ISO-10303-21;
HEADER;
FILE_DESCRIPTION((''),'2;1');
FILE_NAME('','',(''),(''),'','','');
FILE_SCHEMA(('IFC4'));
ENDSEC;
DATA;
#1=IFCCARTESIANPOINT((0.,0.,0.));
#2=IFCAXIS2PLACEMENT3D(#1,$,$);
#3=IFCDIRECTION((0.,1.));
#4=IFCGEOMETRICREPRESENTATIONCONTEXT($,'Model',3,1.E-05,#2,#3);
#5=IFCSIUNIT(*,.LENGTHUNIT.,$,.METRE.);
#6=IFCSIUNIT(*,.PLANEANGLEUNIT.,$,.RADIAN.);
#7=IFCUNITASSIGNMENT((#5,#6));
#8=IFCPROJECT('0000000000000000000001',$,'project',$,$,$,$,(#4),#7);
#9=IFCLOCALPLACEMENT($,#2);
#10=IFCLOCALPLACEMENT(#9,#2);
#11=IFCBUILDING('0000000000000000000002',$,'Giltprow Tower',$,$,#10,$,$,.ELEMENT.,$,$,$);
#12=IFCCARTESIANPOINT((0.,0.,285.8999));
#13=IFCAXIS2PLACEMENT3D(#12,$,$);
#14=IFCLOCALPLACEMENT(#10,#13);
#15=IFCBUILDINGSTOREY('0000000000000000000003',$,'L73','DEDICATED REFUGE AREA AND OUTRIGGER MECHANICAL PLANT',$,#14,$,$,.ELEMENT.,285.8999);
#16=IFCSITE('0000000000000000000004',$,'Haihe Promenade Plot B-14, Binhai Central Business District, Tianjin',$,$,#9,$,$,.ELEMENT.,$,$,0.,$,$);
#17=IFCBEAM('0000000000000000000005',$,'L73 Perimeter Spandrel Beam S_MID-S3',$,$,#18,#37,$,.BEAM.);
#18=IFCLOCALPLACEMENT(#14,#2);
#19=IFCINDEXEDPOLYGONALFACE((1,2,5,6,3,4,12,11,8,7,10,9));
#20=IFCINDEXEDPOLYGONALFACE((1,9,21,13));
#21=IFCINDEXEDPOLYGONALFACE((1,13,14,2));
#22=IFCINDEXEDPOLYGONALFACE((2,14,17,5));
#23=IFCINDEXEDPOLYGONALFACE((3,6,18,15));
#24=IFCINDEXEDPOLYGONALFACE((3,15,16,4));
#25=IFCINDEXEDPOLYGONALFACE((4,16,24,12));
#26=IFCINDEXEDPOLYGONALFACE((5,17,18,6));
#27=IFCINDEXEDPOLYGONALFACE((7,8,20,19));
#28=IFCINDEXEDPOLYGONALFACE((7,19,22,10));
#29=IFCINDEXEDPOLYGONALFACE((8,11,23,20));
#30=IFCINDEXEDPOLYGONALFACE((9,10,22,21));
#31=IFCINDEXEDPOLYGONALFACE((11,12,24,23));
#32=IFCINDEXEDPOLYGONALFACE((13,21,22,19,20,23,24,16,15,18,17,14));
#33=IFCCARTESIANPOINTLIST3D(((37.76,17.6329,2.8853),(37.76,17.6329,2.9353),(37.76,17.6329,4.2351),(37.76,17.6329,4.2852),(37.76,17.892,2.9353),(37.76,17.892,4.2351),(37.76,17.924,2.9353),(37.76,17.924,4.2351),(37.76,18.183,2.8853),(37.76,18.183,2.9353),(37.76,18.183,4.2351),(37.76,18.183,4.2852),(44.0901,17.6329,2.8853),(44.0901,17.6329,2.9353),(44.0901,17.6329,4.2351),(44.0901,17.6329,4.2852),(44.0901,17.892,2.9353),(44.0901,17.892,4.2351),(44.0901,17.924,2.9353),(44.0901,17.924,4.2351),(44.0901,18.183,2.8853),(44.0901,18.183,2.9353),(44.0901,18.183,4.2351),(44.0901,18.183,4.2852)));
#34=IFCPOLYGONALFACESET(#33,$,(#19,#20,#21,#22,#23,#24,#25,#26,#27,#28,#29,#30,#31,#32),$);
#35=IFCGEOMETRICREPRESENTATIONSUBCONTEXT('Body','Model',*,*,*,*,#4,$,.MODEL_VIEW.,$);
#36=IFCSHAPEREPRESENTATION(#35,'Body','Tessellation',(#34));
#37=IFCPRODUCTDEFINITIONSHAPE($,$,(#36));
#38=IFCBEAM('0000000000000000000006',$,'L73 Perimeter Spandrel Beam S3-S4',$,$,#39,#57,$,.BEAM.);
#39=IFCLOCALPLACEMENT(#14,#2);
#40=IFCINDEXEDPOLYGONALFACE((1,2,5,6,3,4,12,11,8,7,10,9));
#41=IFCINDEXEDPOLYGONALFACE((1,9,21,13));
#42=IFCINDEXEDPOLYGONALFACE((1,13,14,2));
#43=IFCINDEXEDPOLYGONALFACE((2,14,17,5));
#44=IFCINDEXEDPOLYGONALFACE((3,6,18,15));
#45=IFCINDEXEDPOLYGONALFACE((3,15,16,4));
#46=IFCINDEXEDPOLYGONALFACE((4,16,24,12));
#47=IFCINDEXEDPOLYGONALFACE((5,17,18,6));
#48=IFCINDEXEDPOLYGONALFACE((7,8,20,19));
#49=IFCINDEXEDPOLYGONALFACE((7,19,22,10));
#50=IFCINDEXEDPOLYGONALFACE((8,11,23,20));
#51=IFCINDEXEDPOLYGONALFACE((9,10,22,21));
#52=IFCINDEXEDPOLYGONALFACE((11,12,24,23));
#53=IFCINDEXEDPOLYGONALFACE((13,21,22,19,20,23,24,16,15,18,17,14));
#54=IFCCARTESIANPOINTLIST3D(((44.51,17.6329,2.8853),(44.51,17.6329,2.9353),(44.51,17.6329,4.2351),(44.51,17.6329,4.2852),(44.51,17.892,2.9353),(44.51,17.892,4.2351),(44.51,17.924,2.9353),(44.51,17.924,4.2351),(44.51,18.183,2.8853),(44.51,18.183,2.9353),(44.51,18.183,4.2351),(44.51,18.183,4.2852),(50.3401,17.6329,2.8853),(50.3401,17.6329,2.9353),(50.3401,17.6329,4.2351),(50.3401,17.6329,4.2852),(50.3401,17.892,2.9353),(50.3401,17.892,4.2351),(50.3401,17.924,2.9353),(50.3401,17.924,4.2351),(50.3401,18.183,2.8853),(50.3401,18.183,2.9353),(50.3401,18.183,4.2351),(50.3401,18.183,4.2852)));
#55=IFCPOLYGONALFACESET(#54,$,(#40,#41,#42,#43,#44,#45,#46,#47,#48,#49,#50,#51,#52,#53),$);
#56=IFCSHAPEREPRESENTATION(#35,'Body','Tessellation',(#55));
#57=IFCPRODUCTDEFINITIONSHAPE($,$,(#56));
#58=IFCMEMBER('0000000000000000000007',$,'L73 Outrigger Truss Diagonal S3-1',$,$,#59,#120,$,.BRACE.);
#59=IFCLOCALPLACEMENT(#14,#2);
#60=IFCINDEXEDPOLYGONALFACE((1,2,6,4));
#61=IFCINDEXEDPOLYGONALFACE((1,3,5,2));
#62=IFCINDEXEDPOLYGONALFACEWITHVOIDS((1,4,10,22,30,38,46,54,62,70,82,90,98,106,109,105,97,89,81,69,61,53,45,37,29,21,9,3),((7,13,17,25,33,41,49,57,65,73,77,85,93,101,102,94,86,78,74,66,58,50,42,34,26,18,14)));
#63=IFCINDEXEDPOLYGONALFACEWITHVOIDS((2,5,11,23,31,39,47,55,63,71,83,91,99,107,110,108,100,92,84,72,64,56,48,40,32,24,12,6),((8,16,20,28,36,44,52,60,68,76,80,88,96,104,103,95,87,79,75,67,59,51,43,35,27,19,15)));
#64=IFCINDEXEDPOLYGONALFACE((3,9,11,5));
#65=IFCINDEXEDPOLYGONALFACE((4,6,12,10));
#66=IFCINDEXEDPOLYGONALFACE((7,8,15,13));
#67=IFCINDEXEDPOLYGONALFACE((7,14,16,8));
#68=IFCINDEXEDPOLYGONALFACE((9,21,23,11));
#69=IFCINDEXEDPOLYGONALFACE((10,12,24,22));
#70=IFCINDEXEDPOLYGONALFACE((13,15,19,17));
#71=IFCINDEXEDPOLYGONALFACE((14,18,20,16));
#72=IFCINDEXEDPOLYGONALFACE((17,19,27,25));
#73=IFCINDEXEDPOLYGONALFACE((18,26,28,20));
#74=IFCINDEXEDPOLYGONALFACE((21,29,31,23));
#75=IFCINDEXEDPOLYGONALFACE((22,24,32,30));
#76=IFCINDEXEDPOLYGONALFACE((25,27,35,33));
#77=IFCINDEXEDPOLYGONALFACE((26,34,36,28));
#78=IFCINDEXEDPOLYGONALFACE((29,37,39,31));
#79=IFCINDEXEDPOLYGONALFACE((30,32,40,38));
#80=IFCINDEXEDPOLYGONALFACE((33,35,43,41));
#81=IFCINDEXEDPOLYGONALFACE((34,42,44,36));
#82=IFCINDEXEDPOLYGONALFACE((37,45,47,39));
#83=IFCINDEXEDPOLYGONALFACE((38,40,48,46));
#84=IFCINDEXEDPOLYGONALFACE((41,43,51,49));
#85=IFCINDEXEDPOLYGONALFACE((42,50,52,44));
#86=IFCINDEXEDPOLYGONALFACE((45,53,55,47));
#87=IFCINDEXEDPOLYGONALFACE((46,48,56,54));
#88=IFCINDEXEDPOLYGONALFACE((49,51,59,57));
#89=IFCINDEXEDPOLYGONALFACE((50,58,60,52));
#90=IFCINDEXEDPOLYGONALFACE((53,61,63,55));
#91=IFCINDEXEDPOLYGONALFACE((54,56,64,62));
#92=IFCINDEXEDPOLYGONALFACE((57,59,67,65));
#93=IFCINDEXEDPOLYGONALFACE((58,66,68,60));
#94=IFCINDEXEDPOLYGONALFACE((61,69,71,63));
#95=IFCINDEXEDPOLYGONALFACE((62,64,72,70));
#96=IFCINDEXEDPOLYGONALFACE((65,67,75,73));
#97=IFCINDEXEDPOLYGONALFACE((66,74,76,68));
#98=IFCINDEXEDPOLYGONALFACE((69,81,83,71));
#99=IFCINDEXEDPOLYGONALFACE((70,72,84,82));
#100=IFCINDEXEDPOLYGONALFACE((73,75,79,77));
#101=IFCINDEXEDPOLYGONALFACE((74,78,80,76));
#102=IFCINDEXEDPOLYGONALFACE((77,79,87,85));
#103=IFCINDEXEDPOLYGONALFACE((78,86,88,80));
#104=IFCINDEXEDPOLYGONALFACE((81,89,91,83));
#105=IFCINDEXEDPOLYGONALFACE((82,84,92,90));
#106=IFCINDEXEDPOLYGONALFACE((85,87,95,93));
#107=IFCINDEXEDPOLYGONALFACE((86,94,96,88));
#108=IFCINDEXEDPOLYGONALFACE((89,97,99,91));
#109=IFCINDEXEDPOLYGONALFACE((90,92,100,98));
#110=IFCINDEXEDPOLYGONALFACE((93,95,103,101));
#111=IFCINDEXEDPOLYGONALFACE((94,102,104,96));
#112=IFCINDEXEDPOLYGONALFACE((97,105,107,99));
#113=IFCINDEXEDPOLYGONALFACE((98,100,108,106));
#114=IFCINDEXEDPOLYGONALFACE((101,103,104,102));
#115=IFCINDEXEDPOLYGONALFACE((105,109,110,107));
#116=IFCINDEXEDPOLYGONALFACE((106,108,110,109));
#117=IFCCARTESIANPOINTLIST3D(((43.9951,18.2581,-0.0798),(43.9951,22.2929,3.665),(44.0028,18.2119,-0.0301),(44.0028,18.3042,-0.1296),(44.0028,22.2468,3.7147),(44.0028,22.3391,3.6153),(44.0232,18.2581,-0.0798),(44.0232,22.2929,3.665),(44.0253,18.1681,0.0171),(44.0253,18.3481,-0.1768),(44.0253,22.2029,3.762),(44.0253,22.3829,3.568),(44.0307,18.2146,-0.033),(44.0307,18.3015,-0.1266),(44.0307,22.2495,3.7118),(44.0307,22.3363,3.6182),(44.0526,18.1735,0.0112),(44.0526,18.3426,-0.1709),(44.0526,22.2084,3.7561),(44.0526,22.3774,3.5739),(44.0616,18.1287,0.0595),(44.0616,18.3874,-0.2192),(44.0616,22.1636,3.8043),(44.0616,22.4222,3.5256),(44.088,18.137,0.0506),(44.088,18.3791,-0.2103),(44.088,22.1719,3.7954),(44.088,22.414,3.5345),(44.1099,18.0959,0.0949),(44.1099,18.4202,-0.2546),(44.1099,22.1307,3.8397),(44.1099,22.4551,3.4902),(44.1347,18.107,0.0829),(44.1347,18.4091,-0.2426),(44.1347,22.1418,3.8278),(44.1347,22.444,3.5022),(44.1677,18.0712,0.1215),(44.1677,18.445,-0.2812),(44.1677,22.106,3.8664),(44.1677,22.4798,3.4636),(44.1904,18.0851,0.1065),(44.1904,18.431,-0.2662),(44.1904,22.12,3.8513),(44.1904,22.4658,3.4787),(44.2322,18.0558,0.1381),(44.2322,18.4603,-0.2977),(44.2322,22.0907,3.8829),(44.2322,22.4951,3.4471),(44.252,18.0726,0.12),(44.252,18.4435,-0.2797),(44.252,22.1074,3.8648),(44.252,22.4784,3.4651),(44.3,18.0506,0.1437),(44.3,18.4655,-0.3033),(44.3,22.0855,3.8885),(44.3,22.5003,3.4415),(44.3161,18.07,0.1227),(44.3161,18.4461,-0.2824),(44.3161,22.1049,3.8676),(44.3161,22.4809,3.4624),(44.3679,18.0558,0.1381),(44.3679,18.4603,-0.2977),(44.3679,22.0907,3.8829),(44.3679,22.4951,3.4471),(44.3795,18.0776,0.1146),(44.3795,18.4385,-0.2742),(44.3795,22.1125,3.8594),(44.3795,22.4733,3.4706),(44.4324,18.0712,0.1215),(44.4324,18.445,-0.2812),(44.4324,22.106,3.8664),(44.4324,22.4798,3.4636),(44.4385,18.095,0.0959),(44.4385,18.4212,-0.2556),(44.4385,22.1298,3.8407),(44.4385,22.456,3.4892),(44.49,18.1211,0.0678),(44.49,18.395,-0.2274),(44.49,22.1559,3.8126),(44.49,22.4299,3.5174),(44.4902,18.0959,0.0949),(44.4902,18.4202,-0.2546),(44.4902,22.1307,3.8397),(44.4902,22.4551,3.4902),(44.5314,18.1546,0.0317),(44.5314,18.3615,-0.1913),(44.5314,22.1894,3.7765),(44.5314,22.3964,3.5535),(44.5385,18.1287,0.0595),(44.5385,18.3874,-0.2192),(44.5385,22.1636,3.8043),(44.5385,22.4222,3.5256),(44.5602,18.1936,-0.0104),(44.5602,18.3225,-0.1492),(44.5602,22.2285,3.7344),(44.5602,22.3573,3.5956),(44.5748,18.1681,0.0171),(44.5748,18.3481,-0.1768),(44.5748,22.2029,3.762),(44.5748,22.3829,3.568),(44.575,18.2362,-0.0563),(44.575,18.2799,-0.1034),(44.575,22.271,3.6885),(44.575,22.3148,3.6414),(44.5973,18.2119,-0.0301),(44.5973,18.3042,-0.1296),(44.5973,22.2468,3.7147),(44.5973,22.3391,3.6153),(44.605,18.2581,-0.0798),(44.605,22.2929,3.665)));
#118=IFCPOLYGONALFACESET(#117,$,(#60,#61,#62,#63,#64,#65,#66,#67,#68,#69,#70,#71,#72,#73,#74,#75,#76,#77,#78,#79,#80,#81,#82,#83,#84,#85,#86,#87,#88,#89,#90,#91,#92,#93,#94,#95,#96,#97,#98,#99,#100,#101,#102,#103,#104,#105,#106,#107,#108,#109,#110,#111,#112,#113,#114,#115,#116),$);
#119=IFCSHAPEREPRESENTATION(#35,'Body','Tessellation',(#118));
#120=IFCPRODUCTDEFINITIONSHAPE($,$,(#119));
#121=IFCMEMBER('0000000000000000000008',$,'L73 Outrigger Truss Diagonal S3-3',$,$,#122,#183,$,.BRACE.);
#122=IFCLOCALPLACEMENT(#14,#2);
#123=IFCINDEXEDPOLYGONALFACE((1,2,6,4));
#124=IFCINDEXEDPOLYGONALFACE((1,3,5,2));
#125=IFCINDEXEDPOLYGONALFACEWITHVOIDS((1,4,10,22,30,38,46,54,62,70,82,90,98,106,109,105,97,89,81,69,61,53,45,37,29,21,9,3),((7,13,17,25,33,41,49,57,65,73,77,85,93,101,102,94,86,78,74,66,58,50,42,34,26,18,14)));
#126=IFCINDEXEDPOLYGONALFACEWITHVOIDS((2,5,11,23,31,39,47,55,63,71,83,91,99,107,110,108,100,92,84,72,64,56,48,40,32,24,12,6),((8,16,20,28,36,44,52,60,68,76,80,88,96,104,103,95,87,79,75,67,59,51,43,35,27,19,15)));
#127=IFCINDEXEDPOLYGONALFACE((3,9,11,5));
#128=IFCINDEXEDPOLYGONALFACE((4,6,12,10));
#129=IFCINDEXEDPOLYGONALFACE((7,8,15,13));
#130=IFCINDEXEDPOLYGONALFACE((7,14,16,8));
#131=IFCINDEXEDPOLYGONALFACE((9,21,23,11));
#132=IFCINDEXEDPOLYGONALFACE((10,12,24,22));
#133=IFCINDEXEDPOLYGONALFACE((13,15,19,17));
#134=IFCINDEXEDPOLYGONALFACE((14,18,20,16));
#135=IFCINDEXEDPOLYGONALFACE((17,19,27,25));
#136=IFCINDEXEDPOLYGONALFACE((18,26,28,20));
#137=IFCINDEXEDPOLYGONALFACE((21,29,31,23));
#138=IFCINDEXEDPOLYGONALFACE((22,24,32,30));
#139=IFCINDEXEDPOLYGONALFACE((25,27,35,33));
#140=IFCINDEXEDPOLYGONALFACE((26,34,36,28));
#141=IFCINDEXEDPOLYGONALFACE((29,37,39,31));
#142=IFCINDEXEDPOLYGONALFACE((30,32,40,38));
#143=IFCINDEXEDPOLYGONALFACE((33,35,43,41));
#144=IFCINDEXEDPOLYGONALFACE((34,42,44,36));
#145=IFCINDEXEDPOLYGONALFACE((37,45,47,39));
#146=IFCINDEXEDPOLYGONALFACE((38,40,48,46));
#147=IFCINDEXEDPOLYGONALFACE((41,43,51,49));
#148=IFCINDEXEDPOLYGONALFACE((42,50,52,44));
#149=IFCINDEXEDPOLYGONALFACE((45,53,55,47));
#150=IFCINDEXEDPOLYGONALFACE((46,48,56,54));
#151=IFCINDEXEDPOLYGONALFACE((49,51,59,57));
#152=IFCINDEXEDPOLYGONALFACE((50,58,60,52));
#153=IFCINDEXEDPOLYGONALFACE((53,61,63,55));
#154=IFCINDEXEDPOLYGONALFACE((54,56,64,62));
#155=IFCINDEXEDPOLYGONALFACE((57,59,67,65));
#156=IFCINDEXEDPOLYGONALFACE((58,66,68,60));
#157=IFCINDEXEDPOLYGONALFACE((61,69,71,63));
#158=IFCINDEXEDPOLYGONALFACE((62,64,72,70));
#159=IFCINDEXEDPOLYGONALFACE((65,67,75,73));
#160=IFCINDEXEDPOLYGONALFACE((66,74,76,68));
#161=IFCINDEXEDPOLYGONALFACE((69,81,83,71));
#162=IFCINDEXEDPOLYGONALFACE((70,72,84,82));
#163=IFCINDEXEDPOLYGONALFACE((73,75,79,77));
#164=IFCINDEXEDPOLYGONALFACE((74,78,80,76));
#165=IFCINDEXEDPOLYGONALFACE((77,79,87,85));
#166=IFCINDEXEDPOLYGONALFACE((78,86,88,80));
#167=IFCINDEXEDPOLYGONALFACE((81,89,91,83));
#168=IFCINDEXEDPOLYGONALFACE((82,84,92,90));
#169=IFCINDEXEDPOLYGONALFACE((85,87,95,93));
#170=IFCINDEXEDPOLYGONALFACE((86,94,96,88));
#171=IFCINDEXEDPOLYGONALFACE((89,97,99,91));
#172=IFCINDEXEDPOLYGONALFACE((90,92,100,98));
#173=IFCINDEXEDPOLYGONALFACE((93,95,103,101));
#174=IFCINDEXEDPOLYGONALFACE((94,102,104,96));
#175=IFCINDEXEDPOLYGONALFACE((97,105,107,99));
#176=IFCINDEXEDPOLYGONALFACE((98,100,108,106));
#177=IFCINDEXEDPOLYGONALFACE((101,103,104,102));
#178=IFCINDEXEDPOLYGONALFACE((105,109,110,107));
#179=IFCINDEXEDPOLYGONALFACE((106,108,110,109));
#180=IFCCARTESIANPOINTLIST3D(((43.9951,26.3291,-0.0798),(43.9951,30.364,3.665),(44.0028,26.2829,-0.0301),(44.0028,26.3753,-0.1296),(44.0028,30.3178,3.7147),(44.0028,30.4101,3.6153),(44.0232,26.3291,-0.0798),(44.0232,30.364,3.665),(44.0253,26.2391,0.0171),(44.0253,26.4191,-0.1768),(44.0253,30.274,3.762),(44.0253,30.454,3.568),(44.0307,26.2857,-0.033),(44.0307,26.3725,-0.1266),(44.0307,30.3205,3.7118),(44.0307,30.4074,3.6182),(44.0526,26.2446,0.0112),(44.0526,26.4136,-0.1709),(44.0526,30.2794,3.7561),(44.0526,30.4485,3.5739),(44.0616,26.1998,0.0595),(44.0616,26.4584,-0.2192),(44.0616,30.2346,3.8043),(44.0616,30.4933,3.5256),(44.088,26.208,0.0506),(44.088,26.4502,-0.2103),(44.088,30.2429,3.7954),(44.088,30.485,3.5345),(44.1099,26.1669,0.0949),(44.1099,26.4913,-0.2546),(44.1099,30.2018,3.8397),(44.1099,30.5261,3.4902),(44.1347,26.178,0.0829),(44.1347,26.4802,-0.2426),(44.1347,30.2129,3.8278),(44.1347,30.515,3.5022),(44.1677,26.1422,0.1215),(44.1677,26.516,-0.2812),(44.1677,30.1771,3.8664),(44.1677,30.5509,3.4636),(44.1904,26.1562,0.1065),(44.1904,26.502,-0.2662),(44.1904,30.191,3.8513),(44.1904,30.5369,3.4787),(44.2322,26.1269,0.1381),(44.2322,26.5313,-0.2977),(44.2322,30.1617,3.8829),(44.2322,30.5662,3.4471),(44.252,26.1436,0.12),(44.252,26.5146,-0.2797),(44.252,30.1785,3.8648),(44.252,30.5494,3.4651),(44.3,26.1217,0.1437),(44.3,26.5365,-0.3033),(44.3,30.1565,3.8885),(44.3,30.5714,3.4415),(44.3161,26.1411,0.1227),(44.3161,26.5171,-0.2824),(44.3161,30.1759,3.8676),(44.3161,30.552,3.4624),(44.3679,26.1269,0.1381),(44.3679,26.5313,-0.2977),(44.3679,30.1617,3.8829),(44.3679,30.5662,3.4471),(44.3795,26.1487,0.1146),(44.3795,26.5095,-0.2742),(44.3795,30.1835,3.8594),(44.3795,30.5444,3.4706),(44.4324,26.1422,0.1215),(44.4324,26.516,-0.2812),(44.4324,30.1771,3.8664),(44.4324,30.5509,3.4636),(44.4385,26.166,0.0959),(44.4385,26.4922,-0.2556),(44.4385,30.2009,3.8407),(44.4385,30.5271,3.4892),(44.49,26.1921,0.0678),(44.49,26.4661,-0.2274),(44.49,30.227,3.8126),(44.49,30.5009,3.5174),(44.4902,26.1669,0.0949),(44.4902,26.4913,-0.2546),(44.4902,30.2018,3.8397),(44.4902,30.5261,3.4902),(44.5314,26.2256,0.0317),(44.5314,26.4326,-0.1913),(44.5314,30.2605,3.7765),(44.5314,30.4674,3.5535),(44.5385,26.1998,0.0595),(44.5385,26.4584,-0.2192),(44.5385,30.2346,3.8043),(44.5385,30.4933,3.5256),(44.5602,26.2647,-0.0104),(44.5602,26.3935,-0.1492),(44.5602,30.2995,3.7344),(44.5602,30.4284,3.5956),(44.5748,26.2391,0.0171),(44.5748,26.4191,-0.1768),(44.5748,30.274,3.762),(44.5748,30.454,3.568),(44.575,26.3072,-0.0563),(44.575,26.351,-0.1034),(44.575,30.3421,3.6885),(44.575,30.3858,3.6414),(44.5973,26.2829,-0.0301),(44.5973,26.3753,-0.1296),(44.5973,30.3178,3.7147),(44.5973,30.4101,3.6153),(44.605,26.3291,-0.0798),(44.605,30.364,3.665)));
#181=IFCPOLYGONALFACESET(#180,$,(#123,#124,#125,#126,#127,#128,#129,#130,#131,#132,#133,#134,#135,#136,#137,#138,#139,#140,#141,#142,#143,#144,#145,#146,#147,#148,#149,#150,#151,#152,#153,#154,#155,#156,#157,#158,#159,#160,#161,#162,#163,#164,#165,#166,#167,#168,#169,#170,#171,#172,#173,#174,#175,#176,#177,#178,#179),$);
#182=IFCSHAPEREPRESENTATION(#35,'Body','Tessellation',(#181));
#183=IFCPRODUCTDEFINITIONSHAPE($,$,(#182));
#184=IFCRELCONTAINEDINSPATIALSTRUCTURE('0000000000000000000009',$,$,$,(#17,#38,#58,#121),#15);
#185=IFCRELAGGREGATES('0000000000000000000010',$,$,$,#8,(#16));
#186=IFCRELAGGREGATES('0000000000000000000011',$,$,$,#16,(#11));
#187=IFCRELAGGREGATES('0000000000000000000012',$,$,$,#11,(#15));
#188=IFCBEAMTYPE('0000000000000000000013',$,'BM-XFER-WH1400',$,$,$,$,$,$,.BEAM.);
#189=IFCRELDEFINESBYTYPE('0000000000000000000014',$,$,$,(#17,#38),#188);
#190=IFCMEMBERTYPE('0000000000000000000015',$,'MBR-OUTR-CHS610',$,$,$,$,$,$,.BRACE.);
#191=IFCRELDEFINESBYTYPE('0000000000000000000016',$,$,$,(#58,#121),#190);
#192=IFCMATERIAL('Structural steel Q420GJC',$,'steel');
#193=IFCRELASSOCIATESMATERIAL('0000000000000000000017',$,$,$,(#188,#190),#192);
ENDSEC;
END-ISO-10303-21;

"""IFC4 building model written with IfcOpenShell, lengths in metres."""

from ifc_helpers import new_model, si_unit, direction, frame, origin, origin_2d, place, context, subcontext, project, spatial, hollow_circle, i_section, extrude, source, transform, mapped, material, material_profile, profile_set, type_object, element, save


model = new_model("IFC4")

# Units and contexts
model_context = context("Model", 3, precision=1e-05, world=origin(), true_north=direction((0.0, 1.0)))
body_context = subcontext(model_context, "Body", "Model", "MODEL_VIEW")
ifc_project = project(units=[si_unit("LENGTHUNIT", "METRE"), si_unit("PLANEANGLEUNIT", "RADIAN")], contexts=[model_context])

# Site, building, storey
site_placement = place(None, origin())
site = spatial("IfcSite", under=ifc_project, at=site_placement, Name="Haihe Promenade Plot B-14, Binhai Central Business District, Tianjin", CompositionType="ELEMENT", RefElevation=0.0)
building_placement = place(site_placement, origin())
building = spatial("IfcBuilding", under=site, at=building_placement, Name="Giltprow Tower", CompositionType="ELEMENT")
storey_placement = place(building_placement, frame((0.0, 0.0, 285.8999)))
storey = spatial("IfcBuildingStorey", under=building, at=storey_placement, Name="L73", Description="DEDICATED REFUGE AREA AND OUTRIGGER MECHANICAL PLANT", CompositionType="ELEMENT", Elevation=285.8999)

# Beams
ifc_material_1 = material(Name="Structural steel Q420GJC", Category="steel")
ifc_material_profile_1 = material_profile(ifc_material_1, i_section(OverallWidth=0.55, OverallDepth=1.3999, WebThickness=0.032, FlangeThickness=0.05, at=origin_2d()), Name="WH 1400x550x32x50")
ifc_profile_set_1 = profile_set([ifc_material_profile_1], Name="Structural steel Q420GJC")
beam_type_1 = type_object("IfcBeamType", Name="BM-XFER-WH1400", PredefinedType="BEAM", material=ifc_profile_set_1)
shared_shape_1 = source(origin(), body_context, "Body", "SweptSolid", [
    extrude(i_section(OverallWidth=0.55, OverallDepth=1.3999, WebThickness=0.032, FlangeThickness=0.05, at=origin_2d()), origin(), (0.0, 0.0, 1.0), 6.3301),
])
beam_1_placement = place(storey_placement, frame((37.76, 17.908, 3.5852), z_axis=(1.0, 0.0, 0.0), x_axis=(0.0, 1.0, 0.0)))
element("IfcBeam", 1, at=beam_1_placement, inside=storey, type_object=beam_type_1, Name="L73 Perimeter Spandrel Beam S_MID-S3", PredefinedType="BEAM", context=body_context, shape_type="MappedRepresentation", body=[
    mapped(shared_shape_1, transform((0.0, 0.0, 0.0), x_axis=(1.0, 0.0, 0.0), y_axis=(0.0, 1.0, 0.0), z_axis=(0.0, 0.0, 1.0), scale=1.0)),
])
shared_shape_2 = source(origin(), body_context, "Body", "SweptSolid", [
    extrude(i_section(OverallWidth=0.55, OverallDepth=1.3999, WebThickness=0.032, FlangeThickness=0.05, at=origin_2d()), origin(), (0.0, 0.0, 1.0), 5.8301),
])
beam_2_placement = place(storey_placement, frame((44.51, 17.908, 3.5852), z_axis=(1.0, 0.0, 0.0), x_axis=(0.0, 1.0, 0.0)))
element("IfcBeam", 2, at=beam_2_placement, inside=storey, type_object=beam_type_1, Name="L73 Perimeter Spandrel Beam S3-S4", PredefinedType="BEAM", context=body_context, shape_type="MappedRepresentation", body=[
    mapped(shared_shape_2, transform((0.0, 0.0, 0.0), x_axis=(1.0, 0.0, 0.0), y_axis=(0.0, 1.0, 0.0), z_axis=(0.0, 0.0, 1.0), scale=1.0)),
])

# Members
ifc_material_profile_2 = material_profile(ifc_material_1, hollow_circle(Radius=0.3049, WallThickness=0.0281, at=origin_2d()), Name="CHS 610x28")
ifc_profile_set_2 = profile_set([ifc_material_profile_2], Name="Structural steel Q420GJC")
member_type_1 = type_object("IfcMemberType", Name="MBR-OUTR-CHS610", PredefinedType="BRACE", material=ifc_profile_set_2)
shared_shape_3 = source(origin(), body_context, "Body", "SweptSolid", [
    extrude(hollow_circle(Radius=0.3049, WallThickness=0.0281, at=origin_2d()), origin(), (0.0, 0.0, 1.0), 5.5049),
])
for number, where, z_axis, x_axis, name in (
    (3, (44.3, 18.2581, -0.0798), (0.0, 0.732959, 0.680272), (-1.0, 0.0, 0.0), "L73 Outrigger Truss Diagonal S3-1"),
    (4, (44.3, 26.3291, -0.0798), (0.0, 0.732959, 0.680272), (-1.0, 0.0, 0.0), "L73 Outrigger Truss Diagonal S3-3"),
):
    element("IfcMember", number, at=place(storey_placement, frame(where, z_axis=z_axis, x_axis=x_axis)), inside=storey, type_object=member_type_1, Name=name, PredefinedType="BRACE", context=body_context, shape_type="MappedRepresentation", body=[
        mapped(shared_shape_3, transform((0.0, 0.0, 0.0), x_axis=(1.0, 0.0, 0.0), y_axis=(0.0, 1.0, 0.0), z_axis=(0.0, 0.0, 1.0), scale=1.0)),
    ])

save(model, "model.ifc")
